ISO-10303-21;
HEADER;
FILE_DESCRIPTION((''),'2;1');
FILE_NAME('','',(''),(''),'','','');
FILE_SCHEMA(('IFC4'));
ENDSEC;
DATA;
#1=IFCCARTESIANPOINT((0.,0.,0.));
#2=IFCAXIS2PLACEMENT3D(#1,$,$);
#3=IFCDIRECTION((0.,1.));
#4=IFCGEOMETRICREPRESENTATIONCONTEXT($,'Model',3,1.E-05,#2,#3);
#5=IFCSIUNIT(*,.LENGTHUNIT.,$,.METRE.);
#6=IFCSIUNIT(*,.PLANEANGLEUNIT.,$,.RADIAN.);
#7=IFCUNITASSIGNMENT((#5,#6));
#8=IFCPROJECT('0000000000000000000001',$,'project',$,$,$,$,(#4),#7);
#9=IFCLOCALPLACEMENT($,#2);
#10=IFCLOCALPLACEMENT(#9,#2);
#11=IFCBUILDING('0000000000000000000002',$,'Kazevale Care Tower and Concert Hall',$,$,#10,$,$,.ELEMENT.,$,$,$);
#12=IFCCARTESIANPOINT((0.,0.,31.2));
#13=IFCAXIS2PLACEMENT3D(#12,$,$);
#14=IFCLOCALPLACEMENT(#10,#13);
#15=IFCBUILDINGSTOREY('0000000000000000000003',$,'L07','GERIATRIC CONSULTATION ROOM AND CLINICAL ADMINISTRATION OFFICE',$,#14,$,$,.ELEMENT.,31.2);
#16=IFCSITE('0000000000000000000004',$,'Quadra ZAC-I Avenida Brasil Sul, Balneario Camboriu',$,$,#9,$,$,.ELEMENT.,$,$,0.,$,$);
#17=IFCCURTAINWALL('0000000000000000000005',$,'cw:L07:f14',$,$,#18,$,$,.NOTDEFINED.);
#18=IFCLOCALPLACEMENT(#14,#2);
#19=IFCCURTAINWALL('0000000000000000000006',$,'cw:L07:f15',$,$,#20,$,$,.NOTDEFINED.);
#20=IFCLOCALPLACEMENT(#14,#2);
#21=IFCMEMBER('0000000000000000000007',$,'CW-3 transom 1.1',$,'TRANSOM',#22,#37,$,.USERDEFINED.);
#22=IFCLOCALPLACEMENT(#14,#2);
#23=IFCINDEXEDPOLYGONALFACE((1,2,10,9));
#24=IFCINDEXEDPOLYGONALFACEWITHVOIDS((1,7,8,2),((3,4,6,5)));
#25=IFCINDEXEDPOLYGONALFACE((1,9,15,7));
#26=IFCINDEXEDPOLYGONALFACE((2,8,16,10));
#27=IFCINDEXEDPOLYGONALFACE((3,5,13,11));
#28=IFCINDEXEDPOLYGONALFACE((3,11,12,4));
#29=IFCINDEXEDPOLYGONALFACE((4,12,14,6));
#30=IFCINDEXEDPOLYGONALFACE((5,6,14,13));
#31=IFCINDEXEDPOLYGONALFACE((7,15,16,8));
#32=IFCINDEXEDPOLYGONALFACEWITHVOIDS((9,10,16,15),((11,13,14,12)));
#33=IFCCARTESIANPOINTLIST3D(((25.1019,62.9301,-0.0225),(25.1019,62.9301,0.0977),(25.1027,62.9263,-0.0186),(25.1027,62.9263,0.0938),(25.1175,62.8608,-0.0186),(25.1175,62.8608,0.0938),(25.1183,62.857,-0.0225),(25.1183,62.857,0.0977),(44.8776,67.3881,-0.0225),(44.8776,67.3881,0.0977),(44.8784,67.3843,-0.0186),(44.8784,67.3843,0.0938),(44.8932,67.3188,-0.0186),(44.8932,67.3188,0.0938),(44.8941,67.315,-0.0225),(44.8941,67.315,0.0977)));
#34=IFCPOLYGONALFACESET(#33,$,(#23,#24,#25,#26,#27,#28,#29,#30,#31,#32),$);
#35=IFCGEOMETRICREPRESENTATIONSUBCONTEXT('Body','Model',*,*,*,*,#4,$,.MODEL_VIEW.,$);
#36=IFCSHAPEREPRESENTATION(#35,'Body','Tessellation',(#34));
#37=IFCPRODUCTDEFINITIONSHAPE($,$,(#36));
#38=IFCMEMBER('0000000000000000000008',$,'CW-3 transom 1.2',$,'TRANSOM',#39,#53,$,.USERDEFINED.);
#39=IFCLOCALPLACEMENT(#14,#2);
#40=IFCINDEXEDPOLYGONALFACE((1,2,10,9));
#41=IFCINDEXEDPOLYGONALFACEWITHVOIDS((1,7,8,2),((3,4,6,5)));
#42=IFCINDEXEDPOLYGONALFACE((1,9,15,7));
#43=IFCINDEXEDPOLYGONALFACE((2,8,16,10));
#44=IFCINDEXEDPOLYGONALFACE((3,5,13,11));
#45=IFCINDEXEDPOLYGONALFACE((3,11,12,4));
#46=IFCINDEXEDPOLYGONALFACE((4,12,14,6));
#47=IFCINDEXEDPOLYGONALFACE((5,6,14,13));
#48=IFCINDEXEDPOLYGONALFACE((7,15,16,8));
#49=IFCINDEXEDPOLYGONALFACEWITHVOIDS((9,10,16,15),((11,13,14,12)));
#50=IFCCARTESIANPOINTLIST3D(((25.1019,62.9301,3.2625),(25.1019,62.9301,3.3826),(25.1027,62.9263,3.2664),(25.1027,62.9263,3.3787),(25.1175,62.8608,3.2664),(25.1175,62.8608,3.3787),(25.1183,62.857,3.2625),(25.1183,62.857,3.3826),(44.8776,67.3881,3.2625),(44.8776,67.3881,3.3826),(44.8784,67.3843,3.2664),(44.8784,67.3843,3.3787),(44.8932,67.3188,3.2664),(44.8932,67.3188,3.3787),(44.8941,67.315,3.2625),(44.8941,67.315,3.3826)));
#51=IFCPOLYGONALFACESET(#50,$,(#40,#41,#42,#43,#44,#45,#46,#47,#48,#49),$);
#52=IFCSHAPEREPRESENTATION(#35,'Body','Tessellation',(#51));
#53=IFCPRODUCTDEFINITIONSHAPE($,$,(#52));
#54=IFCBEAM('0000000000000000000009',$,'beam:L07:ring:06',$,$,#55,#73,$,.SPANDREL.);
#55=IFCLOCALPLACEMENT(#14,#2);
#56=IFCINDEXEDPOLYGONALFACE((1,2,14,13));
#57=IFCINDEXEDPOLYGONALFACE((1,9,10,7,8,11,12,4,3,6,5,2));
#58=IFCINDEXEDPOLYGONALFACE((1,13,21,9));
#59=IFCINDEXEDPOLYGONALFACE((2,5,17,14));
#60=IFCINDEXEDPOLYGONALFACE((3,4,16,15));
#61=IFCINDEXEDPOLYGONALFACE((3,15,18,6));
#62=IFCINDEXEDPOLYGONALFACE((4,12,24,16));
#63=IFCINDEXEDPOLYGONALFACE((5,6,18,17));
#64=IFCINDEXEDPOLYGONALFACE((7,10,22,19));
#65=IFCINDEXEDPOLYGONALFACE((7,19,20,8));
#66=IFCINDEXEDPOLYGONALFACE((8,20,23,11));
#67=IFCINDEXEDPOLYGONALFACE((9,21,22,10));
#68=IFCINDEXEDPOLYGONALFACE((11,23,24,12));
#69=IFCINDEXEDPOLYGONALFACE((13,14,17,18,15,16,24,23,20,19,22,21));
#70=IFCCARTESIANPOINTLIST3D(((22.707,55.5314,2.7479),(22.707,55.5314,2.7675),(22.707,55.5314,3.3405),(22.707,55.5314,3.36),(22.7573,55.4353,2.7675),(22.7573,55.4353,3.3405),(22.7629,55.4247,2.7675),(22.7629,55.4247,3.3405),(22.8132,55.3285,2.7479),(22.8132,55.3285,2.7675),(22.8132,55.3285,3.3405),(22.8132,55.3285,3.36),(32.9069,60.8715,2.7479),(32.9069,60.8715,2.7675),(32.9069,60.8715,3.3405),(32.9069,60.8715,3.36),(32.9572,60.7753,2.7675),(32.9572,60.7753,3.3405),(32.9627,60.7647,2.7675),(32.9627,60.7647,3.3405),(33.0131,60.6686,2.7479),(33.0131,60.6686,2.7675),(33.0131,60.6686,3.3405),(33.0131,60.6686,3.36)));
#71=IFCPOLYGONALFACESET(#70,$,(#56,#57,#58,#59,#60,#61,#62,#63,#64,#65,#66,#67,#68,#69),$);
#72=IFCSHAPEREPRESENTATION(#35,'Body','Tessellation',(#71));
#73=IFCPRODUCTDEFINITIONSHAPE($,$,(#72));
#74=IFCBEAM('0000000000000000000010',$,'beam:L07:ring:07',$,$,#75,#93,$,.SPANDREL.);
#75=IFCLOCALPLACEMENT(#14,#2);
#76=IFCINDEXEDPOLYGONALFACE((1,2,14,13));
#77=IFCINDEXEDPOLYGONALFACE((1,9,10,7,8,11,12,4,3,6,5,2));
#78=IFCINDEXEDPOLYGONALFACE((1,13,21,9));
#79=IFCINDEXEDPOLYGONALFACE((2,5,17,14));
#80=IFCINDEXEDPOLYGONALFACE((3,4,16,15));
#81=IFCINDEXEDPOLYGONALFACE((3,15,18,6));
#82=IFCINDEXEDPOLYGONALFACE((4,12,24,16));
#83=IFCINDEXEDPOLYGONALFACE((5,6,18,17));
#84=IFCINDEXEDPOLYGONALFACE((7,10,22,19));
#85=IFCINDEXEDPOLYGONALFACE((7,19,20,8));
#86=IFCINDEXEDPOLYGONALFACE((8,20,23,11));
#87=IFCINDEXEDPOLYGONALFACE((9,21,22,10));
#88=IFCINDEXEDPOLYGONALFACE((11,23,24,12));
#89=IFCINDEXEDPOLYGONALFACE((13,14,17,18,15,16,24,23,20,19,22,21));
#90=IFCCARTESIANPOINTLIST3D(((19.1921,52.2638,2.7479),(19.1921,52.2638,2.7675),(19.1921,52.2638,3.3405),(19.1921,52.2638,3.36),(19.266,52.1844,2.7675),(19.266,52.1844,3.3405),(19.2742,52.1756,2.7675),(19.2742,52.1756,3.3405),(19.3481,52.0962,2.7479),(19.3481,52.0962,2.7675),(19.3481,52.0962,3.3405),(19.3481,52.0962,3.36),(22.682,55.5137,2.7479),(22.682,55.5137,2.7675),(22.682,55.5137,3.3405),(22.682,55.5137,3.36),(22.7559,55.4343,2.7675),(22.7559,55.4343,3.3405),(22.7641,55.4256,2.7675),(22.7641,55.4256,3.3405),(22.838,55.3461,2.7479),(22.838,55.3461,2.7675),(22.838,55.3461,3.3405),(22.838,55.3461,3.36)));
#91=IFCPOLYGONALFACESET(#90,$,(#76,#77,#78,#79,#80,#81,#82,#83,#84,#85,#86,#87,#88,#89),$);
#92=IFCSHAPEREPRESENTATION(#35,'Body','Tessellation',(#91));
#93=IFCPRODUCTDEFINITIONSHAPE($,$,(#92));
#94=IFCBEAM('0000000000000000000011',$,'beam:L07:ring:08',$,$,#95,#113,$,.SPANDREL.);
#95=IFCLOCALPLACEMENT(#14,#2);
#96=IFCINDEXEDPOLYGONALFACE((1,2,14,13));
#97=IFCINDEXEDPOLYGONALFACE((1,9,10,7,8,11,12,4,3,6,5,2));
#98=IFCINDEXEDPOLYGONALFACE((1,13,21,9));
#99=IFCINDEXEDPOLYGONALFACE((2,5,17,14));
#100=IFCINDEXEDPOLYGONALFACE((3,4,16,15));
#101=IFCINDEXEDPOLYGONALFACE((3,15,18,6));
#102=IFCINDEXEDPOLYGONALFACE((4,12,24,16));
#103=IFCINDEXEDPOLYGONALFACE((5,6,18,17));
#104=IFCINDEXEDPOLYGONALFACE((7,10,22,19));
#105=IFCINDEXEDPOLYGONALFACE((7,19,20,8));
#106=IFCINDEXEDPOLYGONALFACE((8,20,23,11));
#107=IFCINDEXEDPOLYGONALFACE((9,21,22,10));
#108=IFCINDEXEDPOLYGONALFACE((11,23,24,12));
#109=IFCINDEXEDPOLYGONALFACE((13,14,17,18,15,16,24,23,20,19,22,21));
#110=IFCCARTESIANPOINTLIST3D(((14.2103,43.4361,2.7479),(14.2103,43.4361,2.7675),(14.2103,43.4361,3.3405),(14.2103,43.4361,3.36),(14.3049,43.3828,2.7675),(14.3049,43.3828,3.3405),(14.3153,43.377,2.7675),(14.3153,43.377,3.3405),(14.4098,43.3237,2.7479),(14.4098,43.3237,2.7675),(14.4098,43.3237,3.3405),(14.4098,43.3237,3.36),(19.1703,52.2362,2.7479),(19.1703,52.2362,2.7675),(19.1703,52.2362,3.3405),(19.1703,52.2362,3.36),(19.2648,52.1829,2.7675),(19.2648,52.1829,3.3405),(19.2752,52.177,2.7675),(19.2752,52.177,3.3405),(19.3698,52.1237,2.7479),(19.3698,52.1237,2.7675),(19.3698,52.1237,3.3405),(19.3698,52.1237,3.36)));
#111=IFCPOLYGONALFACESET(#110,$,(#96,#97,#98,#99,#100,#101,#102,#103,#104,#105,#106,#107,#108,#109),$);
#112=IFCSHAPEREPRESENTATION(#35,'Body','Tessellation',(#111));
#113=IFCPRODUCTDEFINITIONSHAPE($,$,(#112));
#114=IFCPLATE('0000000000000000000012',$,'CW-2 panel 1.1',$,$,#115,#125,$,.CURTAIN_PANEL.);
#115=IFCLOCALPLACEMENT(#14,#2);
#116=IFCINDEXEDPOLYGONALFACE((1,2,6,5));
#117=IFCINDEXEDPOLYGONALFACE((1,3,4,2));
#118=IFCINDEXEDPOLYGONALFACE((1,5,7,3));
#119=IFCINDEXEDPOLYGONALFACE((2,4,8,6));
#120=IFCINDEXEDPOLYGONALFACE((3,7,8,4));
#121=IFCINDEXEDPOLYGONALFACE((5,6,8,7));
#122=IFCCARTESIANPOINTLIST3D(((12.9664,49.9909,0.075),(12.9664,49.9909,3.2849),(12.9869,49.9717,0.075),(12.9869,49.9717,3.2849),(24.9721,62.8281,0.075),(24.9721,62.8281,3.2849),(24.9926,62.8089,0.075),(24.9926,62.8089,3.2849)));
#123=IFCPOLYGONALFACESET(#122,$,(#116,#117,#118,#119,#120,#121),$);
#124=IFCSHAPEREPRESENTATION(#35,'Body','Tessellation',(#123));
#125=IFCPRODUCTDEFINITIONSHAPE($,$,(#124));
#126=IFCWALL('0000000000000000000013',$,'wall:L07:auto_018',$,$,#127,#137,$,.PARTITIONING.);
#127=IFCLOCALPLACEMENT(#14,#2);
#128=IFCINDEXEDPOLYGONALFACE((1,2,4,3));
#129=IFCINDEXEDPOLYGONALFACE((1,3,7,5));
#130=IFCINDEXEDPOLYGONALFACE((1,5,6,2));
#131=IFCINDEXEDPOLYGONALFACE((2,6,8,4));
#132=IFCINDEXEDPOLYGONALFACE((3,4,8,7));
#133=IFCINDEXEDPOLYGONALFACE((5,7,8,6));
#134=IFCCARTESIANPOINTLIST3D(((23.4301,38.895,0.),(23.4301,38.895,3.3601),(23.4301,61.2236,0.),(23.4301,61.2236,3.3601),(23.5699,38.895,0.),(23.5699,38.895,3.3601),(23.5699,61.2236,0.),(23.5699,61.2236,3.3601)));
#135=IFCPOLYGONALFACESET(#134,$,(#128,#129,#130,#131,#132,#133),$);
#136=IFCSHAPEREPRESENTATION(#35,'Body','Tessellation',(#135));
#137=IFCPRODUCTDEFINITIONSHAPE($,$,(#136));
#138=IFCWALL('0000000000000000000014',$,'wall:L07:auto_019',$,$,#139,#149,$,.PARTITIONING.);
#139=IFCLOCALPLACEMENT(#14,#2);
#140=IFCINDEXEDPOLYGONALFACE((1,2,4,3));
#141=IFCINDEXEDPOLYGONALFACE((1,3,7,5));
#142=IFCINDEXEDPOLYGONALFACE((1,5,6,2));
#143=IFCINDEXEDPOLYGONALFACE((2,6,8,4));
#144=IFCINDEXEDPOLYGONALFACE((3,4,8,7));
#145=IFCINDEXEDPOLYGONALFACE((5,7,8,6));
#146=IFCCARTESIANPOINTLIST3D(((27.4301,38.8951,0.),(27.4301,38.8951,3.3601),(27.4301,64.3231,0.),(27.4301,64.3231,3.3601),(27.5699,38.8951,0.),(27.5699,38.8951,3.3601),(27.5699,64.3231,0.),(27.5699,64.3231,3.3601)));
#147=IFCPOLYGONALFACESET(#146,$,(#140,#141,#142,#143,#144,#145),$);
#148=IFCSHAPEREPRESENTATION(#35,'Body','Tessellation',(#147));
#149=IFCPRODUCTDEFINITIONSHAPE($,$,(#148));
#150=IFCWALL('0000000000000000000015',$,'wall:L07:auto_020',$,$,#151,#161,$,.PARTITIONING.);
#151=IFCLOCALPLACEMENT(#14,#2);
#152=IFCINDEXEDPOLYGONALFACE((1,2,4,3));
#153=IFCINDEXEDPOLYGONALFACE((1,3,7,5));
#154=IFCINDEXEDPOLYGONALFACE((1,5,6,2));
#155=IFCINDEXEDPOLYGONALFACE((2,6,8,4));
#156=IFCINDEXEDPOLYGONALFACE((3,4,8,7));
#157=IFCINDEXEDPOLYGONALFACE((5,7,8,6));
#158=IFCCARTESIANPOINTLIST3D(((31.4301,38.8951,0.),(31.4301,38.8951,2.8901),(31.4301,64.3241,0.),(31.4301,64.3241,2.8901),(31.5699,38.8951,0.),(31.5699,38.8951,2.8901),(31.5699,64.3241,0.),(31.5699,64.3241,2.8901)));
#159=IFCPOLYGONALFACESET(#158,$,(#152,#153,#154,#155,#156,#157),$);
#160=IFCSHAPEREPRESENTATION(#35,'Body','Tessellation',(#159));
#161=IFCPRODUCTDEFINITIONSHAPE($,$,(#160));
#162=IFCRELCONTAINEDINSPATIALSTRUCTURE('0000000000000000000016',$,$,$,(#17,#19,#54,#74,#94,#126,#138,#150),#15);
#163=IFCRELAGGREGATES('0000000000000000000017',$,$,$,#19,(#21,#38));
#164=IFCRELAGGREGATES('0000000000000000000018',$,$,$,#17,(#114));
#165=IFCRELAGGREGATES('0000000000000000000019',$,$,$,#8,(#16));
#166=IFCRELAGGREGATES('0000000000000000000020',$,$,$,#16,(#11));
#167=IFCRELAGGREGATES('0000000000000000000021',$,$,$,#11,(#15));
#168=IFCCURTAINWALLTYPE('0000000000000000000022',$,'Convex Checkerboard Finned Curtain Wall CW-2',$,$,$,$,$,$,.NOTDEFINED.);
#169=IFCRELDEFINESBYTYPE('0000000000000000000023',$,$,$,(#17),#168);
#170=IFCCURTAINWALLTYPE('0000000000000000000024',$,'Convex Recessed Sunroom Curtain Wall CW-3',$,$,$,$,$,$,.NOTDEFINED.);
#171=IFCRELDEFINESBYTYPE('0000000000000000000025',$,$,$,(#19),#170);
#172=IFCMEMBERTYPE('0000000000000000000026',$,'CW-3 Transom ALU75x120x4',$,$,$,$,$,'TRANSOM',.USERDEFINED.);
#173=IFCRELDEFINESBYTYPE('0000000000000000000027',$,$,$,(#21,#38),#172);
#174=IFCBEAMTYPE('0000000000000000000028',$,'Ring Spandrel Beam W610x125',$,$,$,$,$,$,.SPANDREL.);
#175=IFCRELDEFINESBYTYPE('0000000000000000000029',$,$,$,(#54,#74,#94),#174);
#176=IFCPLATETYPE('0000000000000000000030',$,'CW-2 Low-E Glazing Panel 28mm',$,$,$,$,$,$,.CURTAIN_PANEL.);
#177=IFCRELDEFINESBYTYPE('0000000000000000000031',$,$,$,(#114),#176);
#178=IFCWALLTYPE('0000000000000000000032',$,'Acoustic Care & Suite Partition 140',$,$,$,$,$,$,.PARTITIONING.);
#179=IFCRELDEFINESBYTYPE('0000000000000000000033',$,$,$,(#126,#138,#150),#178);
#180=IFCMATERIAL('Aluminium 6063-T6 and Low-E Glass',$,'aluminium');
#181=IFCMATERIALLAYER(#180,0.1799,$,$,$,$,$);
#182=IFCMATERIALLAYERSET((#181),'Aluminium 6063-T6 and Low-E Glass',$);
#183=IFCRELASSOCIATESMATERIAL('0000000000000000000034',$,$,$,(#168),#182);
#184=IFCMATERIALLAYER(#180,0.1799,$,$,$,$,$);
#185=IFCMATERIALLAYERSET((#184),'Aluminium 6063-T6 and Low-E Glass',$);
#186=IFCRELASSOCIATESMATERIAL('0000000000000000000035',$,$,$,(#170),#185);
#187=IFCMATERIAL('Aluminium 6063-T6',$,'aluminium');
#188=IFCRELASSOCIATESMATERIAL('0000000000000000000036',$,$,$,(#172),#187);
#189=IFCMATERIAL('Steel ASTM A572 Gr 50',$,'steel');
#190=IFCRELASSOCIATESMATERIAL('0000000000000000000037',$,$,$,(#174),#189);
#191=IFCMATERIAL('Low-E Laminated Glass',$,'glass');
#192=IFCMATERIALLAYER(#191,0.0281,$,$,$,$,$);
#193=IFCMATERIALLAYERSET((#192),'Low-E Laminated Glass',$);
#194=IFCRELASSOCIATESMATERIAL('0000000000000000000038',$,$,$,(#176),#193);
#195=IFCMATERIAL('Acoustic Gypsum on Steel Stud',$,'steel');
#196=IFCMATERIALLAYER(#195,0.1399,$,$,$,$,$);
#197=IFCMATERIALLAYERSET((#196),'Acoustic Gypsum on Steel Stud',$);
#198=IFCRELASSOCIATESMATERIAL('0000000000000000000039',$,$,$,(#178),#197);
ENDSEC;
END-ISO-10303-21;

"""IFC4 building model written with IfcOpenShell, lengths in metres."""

from ifc_helpers import new_model, si_unit, direction, frame, frame_2d, origin, origin_2d, place, context, subcontext, project, spatial, rectangle, hollow_rectangle, i_section, extrude, material, layer, layer_set, material_profile, profile_set, type_object, element, aggregate, save


model = new_model("IFC4")

# Units and contexts
model_context = context("Model", 3, precision=1e-05, world=origin(), true_north=direction((0.0, 1.0)))
body_context = subcontext(model_context, "Body", "Model", "MODEL_VIEW")
ifc_project = project(units=[si_unit("LENGTHUNIT", "METRE"), si_unit("PLANEANGLEUNIT", "RADIAN")], contexts=[model_context])

# Site, building, storey
site_placement = place(None, origin())
site = spatial("IfcSite", under=ifc_project, at=site_placement, Name="Quadra ZAC-I Avenida Brasil Sul, Balneario Camboriu", CompositionType="ELEMENT", RefElevation=0.0)
building_placement = place(site_placement, origin())
building = spatial("IfcBuilding", under=site, at=building_placement, Name="Kazevale Care Tower and Concert Hall", CompositionType="ELEMENT")
storey_placement = place(building_placement, frame((0.0, 0.0, 31.2)))
storey = spatial("IfcBuildingStorey", under=building, at=storey_placement, Name="L07", Description="GERIATRIC CONSULTATION ROOM AND CLINICAL ADMINISTRATION OFFICE", CompositionType="ELEMENT", Elevation=31.2)

# Curtain wall
ifc_material_1 = material(Name="Aluminium 6063-T6 and Low-E Glass", Category="aluminium")
ifc_layer_1 = layer(ifc_material_1, 0.1799)
ifc_layer_set_1 = layer_set([ifc_layer_1], Name="Aluminium 6063-T6 and Low-E Glass")
curtain_wall_type_1 = type_object("IfcCurtainWallType", Name="Convex Checkerboard Finned Curtain Wall CW-2", PredefinedType="NOTDEFINED", material=ifc_layer_set_1)
curtain_wall_1_placement = place(storey_placement, origin())
curtain_wall_1 = element("IfcCurtainWall", 1, at=curtain_wall_1_placement, inside=storey, type_object=curtain_wall_type_1, Name="cw:L07:f14", PredefinedType="NOTDEFINED")
ifc_material_2 = material(Name="Aluminium 6063-T6", Category="aluminium")

# Curtain wall, members
ifc_layer_2 = layer(ifc_material_1, 0.1799)
ifc_layer_set_2 = layer_set([ifc_layer_2], Name="Aluminium 6063-T6 and Low-E Glass")
curtain_wall_type_2 = type_object("IfcCurtainWallType", Name="Convex Recessed Sunroom Curtain Wall CW-3", PredefinedType="NOTDEFINED", material=ifc_layer_set_2)
curtain_wall_2_placement = place(storey_placement, origin())
curtain_wall_2 = element("IfcCurtainWall", 2, at=curtain_wall_2_placement, inside=storey, type_object=curtain_wall_type_2, Name="cw:L07:f15", PredefinedType="NOTDEFINED")
ifc_material_profile_1 = material_profile(ifc_material_2, hollow_rectangle(XDim=0.075, YDim=0.1201, WallThickness=0.0039, at=origin_2d()), Name="ALU75x120x4")
ifc_profile_set_1 = profile_set([ifc_material_profile_1], Name="Aluminium 6063-T6")
member_type_1 = type_object("IfcMemberType", Name="CW-3 Transom ALU75x120x4", ElementType="TRANSOM", PredefinedType="USERDEFINED", material=ifc_profile_set_1)
member_1_placement = place(storey_placement, frame((25.1101, 62.8936, 0.0376), z_axis=(0.97552, 0.219911, 0.0), x_axis=(-0.219911, 0.97552, 0.0)))
member_1 = element("IfcMember", 3, at=member_1_placement, type_object=member_type_1, Name="CW-3 transom 1.1", ObjectType="TRANSOM", PredefinedType="USERDEFINED", context=body_context, shape_type="SweptSolid", body=[
    extrude(hollow_rectangle(XDim=0.075, YDim=0.1201, WallThickness=0.0039, at=origin_2d()), origin(), (0.0, 0.0, 1.0), 20.272),
])
member_2_placement = place(storey_placement, frame((25.1101, 62.8936, 3.3225), z_axis=(0.97552, 0.219911, 0.0), x_axis=(-0.219911, 0.97552, 0.0)))
member_2 = element("IfcMember", 4, at=member_2_placement, type_object=member_type_1, Name="CW-3 transom 1.2", ObjectType="TRANSOM", PredefinedType="USERDEFINED", context=body_context, shape_type="SweptSolid", body=[
    extrude(hollow_rectangle(XDim=0.075, YDim=0.1201, WallThickness=0.0039, at=origin_2d()), origin(), (0.0, 0.0, 1.0), 20.272),
])
aggregate(curtain_wall_2, [member_1, member_2])

# Beams
ifc_material_3 = material(Name="Steel ASTM A572 Gr 50", Category="steel")
ifc_material_profile_2 = material_profile(ifc_material_3, i_section(OverallWidth=0.229, OverallDepth=0.6121, WebThickness=0.012, FlangeThickness=0.0195, at=origin_2d()), Name="W610x125")
ifc_profile_set_2 = profile_set([ifc_material_profile_2], Name="Steel ASTM A572 Gr 50")
beam_type = type_object("IfcBeamType", Name="Ring Spandrel Beam W610x125", PredefinedType="SPANDREL", material=ifc_profile_set_2)
beam_1_placement = place(storey_placement, frame((32.96, 60.77, 3.054), z_axis=(-0.885929, -0.46382, 0.0), x_axis=(0.46382, -0.885929, 0.0)))
element("IfcBeam", 5, at=beam_1_placement, inside=storey, type_object=beam_type, Name="beam:L07:ring:06", PredefinedType="SPANDREL", context=body_context, shape_type="SweptSolid", body=[
    extrude(i_section(OverallWidth=0.229, OverallDepth=0.6121, WebThickness=0.012, FlangeThickness=0.0195, at=origin_2d()), origin(), (0.0, 0.0, 1.0), 11.5132),
])
beam_2_placement = place(storey_placement, frame((22.76, 55.4299, 3.054), z_axis=(-0.731821, -0.681497, 0.0), x_axis=(0.681497, -0.731821, 0.0)))
element("IfcBeam", 6, at=beam_2_placement, inside=storey, type_object=beam_type, Name="beam:L07:ring:07", PredefinedType="SPANDREL", context=body_context, shape_type="SweptSolid", body=[
    extrude(i_section(OverallWidth=0.229, OverallDepth=0.6121, WebThickness=0.012, FlangeThickness=0.0195, at=origin_2d()), origin(), (0.0, 0.0, 1.0), 4.7688),
])
beam_3_placement = place(storey_placement, frame((19.27, 52.1799, 3.054), z_axis=(-0.491008, -0.871155, 0.0), x_axis=(0.871155, -0.491008, 0.0)))
element("IfcBeam", 7, at=beam_3_placement, inside=storey, type_object=beam_type, Name="beam:L07:ring:08", PredefinedType="SPANDREL", context=body_context, shape_type="SweptSolid", body=[
    extrude(i_section(OverallWidth=0.229, OverallDepth=0.6121, WebThickness=0.012, FlangeThickness=0.0195, at=origin_2d()), origin(), (0.0, 0.0, 1.0), 10.1016),
])

# Plate
ifc_material_4 = material(Name="Low-E Laminated Glass", Category="glass")
ifc_layer_3 = layer(ifc_material_4, 0.0281)
ifc_layer_set_3 = layer_set([ifc_layer_3], Name="Low-E Laminated Glass")
plate_type = type_object("IfcPlateType", Name="CW-2 Low-E Glazing Panel 28mm", PredefinedType="CURTAIN_PANEL", material=ifc_layer_set_3)
plate_placement = place(storey_placement, frame((18.9795, 56.3999, 0.075), z_axis=(0.0, 0.0, 1.0), x_axis=(0.683059, 0.730363, 0.0)))
plate = element("IfcPlate", 8, at=plate_placement, type_object=plate_type, Name="CW-2 panel 1.1", PredefinedType="CURTAIN_PANEL", context=body_context, shape_type="SweptSolid", body=[
    extrude(rectangle(XDim=17.5764, YDim=0.0281, at=origin_2d()), origin(), (0.0, 0.0, 1.0), 3.21),
])
aggregate(curtain_wall_1, [plate])

# Walls
ifc_material_5 = material(Name="Acoustic Gypsum on Steel Stud", Category="steel")
ifc_layer_4 = layer(ifc_material_5, 0.1399)
ifc_layer_set_4 = layer_set([ifc_layer_4], Name="Acoustic Gypsum on Steel Stud")
wall_type = type_object("IfcWallType", Name="Acoustic Care & Suite Partition 140", PredefinedType="PARTITIONING", material=ifc_layer_set_4)
wall_1_placement = place(storey_placement, frame((23.5, 61.2236, 0.0), z_axis=(0.0, 0.0, 1.0), x_axis=(0.0, -1.0, 0.0)))
element("IfcWall", 9, at=wall_1_placement, inside=storey, type_object=wall_type, Name="wall:L07:auto_018", PredefinedType="PARTITIONING", context=body_context, shape_type="SweptSolid", body=[
    extrude(rectangle(XDim=22.3286, YDim=0.1399, at=frame_2d((11.1643, 0.0))), origin(), (0.0, 0.0, 1.0), 3.3601),
])
wall_2_placement = place(storey_placement, frame((27.5, 64.323, 0.0), z_axis=(0.0, 0.0, 1.0), x_axis=(0.0, -1.0, 0.0)))
element("IfcWall", 10, at=wall_2_placement, inside=storey, type_object=wall_type, Name="wall:L07:auto_019", PredefinedType="PARTITIONING", context=body_context, shape_type="SweptSolid", body=[
    extrude(rectangle(XDim=25.428, YDim=0.1399, at=frame_2d((12.7139, 0.0))), origin(), (0.0, 0.0, 1.0), 3.3601),
])
wall_3_placement = place(storey_placement, frame((31.5, 64.324, 0.0), z_axis=(0.0, 0.0, 1.0), x_axis=(0.0, -1.0, 0.0)))
element("IfcWall", 11, at=wall_3_placement, inside=storey, type_object=wall_type, Name="wall:L07:auto_020", PredefinedType="PARTITIONING", context=body_context, shape_type="SweptSolid", body=[
    extrude(rectangle(XDim=25.429, YDim=0.1399, at=frame_2d((12.7144, 0.0))), origin(), (0.0, 0.0, 1.0), 2.8901),
])

save(model, "model.ifc")
